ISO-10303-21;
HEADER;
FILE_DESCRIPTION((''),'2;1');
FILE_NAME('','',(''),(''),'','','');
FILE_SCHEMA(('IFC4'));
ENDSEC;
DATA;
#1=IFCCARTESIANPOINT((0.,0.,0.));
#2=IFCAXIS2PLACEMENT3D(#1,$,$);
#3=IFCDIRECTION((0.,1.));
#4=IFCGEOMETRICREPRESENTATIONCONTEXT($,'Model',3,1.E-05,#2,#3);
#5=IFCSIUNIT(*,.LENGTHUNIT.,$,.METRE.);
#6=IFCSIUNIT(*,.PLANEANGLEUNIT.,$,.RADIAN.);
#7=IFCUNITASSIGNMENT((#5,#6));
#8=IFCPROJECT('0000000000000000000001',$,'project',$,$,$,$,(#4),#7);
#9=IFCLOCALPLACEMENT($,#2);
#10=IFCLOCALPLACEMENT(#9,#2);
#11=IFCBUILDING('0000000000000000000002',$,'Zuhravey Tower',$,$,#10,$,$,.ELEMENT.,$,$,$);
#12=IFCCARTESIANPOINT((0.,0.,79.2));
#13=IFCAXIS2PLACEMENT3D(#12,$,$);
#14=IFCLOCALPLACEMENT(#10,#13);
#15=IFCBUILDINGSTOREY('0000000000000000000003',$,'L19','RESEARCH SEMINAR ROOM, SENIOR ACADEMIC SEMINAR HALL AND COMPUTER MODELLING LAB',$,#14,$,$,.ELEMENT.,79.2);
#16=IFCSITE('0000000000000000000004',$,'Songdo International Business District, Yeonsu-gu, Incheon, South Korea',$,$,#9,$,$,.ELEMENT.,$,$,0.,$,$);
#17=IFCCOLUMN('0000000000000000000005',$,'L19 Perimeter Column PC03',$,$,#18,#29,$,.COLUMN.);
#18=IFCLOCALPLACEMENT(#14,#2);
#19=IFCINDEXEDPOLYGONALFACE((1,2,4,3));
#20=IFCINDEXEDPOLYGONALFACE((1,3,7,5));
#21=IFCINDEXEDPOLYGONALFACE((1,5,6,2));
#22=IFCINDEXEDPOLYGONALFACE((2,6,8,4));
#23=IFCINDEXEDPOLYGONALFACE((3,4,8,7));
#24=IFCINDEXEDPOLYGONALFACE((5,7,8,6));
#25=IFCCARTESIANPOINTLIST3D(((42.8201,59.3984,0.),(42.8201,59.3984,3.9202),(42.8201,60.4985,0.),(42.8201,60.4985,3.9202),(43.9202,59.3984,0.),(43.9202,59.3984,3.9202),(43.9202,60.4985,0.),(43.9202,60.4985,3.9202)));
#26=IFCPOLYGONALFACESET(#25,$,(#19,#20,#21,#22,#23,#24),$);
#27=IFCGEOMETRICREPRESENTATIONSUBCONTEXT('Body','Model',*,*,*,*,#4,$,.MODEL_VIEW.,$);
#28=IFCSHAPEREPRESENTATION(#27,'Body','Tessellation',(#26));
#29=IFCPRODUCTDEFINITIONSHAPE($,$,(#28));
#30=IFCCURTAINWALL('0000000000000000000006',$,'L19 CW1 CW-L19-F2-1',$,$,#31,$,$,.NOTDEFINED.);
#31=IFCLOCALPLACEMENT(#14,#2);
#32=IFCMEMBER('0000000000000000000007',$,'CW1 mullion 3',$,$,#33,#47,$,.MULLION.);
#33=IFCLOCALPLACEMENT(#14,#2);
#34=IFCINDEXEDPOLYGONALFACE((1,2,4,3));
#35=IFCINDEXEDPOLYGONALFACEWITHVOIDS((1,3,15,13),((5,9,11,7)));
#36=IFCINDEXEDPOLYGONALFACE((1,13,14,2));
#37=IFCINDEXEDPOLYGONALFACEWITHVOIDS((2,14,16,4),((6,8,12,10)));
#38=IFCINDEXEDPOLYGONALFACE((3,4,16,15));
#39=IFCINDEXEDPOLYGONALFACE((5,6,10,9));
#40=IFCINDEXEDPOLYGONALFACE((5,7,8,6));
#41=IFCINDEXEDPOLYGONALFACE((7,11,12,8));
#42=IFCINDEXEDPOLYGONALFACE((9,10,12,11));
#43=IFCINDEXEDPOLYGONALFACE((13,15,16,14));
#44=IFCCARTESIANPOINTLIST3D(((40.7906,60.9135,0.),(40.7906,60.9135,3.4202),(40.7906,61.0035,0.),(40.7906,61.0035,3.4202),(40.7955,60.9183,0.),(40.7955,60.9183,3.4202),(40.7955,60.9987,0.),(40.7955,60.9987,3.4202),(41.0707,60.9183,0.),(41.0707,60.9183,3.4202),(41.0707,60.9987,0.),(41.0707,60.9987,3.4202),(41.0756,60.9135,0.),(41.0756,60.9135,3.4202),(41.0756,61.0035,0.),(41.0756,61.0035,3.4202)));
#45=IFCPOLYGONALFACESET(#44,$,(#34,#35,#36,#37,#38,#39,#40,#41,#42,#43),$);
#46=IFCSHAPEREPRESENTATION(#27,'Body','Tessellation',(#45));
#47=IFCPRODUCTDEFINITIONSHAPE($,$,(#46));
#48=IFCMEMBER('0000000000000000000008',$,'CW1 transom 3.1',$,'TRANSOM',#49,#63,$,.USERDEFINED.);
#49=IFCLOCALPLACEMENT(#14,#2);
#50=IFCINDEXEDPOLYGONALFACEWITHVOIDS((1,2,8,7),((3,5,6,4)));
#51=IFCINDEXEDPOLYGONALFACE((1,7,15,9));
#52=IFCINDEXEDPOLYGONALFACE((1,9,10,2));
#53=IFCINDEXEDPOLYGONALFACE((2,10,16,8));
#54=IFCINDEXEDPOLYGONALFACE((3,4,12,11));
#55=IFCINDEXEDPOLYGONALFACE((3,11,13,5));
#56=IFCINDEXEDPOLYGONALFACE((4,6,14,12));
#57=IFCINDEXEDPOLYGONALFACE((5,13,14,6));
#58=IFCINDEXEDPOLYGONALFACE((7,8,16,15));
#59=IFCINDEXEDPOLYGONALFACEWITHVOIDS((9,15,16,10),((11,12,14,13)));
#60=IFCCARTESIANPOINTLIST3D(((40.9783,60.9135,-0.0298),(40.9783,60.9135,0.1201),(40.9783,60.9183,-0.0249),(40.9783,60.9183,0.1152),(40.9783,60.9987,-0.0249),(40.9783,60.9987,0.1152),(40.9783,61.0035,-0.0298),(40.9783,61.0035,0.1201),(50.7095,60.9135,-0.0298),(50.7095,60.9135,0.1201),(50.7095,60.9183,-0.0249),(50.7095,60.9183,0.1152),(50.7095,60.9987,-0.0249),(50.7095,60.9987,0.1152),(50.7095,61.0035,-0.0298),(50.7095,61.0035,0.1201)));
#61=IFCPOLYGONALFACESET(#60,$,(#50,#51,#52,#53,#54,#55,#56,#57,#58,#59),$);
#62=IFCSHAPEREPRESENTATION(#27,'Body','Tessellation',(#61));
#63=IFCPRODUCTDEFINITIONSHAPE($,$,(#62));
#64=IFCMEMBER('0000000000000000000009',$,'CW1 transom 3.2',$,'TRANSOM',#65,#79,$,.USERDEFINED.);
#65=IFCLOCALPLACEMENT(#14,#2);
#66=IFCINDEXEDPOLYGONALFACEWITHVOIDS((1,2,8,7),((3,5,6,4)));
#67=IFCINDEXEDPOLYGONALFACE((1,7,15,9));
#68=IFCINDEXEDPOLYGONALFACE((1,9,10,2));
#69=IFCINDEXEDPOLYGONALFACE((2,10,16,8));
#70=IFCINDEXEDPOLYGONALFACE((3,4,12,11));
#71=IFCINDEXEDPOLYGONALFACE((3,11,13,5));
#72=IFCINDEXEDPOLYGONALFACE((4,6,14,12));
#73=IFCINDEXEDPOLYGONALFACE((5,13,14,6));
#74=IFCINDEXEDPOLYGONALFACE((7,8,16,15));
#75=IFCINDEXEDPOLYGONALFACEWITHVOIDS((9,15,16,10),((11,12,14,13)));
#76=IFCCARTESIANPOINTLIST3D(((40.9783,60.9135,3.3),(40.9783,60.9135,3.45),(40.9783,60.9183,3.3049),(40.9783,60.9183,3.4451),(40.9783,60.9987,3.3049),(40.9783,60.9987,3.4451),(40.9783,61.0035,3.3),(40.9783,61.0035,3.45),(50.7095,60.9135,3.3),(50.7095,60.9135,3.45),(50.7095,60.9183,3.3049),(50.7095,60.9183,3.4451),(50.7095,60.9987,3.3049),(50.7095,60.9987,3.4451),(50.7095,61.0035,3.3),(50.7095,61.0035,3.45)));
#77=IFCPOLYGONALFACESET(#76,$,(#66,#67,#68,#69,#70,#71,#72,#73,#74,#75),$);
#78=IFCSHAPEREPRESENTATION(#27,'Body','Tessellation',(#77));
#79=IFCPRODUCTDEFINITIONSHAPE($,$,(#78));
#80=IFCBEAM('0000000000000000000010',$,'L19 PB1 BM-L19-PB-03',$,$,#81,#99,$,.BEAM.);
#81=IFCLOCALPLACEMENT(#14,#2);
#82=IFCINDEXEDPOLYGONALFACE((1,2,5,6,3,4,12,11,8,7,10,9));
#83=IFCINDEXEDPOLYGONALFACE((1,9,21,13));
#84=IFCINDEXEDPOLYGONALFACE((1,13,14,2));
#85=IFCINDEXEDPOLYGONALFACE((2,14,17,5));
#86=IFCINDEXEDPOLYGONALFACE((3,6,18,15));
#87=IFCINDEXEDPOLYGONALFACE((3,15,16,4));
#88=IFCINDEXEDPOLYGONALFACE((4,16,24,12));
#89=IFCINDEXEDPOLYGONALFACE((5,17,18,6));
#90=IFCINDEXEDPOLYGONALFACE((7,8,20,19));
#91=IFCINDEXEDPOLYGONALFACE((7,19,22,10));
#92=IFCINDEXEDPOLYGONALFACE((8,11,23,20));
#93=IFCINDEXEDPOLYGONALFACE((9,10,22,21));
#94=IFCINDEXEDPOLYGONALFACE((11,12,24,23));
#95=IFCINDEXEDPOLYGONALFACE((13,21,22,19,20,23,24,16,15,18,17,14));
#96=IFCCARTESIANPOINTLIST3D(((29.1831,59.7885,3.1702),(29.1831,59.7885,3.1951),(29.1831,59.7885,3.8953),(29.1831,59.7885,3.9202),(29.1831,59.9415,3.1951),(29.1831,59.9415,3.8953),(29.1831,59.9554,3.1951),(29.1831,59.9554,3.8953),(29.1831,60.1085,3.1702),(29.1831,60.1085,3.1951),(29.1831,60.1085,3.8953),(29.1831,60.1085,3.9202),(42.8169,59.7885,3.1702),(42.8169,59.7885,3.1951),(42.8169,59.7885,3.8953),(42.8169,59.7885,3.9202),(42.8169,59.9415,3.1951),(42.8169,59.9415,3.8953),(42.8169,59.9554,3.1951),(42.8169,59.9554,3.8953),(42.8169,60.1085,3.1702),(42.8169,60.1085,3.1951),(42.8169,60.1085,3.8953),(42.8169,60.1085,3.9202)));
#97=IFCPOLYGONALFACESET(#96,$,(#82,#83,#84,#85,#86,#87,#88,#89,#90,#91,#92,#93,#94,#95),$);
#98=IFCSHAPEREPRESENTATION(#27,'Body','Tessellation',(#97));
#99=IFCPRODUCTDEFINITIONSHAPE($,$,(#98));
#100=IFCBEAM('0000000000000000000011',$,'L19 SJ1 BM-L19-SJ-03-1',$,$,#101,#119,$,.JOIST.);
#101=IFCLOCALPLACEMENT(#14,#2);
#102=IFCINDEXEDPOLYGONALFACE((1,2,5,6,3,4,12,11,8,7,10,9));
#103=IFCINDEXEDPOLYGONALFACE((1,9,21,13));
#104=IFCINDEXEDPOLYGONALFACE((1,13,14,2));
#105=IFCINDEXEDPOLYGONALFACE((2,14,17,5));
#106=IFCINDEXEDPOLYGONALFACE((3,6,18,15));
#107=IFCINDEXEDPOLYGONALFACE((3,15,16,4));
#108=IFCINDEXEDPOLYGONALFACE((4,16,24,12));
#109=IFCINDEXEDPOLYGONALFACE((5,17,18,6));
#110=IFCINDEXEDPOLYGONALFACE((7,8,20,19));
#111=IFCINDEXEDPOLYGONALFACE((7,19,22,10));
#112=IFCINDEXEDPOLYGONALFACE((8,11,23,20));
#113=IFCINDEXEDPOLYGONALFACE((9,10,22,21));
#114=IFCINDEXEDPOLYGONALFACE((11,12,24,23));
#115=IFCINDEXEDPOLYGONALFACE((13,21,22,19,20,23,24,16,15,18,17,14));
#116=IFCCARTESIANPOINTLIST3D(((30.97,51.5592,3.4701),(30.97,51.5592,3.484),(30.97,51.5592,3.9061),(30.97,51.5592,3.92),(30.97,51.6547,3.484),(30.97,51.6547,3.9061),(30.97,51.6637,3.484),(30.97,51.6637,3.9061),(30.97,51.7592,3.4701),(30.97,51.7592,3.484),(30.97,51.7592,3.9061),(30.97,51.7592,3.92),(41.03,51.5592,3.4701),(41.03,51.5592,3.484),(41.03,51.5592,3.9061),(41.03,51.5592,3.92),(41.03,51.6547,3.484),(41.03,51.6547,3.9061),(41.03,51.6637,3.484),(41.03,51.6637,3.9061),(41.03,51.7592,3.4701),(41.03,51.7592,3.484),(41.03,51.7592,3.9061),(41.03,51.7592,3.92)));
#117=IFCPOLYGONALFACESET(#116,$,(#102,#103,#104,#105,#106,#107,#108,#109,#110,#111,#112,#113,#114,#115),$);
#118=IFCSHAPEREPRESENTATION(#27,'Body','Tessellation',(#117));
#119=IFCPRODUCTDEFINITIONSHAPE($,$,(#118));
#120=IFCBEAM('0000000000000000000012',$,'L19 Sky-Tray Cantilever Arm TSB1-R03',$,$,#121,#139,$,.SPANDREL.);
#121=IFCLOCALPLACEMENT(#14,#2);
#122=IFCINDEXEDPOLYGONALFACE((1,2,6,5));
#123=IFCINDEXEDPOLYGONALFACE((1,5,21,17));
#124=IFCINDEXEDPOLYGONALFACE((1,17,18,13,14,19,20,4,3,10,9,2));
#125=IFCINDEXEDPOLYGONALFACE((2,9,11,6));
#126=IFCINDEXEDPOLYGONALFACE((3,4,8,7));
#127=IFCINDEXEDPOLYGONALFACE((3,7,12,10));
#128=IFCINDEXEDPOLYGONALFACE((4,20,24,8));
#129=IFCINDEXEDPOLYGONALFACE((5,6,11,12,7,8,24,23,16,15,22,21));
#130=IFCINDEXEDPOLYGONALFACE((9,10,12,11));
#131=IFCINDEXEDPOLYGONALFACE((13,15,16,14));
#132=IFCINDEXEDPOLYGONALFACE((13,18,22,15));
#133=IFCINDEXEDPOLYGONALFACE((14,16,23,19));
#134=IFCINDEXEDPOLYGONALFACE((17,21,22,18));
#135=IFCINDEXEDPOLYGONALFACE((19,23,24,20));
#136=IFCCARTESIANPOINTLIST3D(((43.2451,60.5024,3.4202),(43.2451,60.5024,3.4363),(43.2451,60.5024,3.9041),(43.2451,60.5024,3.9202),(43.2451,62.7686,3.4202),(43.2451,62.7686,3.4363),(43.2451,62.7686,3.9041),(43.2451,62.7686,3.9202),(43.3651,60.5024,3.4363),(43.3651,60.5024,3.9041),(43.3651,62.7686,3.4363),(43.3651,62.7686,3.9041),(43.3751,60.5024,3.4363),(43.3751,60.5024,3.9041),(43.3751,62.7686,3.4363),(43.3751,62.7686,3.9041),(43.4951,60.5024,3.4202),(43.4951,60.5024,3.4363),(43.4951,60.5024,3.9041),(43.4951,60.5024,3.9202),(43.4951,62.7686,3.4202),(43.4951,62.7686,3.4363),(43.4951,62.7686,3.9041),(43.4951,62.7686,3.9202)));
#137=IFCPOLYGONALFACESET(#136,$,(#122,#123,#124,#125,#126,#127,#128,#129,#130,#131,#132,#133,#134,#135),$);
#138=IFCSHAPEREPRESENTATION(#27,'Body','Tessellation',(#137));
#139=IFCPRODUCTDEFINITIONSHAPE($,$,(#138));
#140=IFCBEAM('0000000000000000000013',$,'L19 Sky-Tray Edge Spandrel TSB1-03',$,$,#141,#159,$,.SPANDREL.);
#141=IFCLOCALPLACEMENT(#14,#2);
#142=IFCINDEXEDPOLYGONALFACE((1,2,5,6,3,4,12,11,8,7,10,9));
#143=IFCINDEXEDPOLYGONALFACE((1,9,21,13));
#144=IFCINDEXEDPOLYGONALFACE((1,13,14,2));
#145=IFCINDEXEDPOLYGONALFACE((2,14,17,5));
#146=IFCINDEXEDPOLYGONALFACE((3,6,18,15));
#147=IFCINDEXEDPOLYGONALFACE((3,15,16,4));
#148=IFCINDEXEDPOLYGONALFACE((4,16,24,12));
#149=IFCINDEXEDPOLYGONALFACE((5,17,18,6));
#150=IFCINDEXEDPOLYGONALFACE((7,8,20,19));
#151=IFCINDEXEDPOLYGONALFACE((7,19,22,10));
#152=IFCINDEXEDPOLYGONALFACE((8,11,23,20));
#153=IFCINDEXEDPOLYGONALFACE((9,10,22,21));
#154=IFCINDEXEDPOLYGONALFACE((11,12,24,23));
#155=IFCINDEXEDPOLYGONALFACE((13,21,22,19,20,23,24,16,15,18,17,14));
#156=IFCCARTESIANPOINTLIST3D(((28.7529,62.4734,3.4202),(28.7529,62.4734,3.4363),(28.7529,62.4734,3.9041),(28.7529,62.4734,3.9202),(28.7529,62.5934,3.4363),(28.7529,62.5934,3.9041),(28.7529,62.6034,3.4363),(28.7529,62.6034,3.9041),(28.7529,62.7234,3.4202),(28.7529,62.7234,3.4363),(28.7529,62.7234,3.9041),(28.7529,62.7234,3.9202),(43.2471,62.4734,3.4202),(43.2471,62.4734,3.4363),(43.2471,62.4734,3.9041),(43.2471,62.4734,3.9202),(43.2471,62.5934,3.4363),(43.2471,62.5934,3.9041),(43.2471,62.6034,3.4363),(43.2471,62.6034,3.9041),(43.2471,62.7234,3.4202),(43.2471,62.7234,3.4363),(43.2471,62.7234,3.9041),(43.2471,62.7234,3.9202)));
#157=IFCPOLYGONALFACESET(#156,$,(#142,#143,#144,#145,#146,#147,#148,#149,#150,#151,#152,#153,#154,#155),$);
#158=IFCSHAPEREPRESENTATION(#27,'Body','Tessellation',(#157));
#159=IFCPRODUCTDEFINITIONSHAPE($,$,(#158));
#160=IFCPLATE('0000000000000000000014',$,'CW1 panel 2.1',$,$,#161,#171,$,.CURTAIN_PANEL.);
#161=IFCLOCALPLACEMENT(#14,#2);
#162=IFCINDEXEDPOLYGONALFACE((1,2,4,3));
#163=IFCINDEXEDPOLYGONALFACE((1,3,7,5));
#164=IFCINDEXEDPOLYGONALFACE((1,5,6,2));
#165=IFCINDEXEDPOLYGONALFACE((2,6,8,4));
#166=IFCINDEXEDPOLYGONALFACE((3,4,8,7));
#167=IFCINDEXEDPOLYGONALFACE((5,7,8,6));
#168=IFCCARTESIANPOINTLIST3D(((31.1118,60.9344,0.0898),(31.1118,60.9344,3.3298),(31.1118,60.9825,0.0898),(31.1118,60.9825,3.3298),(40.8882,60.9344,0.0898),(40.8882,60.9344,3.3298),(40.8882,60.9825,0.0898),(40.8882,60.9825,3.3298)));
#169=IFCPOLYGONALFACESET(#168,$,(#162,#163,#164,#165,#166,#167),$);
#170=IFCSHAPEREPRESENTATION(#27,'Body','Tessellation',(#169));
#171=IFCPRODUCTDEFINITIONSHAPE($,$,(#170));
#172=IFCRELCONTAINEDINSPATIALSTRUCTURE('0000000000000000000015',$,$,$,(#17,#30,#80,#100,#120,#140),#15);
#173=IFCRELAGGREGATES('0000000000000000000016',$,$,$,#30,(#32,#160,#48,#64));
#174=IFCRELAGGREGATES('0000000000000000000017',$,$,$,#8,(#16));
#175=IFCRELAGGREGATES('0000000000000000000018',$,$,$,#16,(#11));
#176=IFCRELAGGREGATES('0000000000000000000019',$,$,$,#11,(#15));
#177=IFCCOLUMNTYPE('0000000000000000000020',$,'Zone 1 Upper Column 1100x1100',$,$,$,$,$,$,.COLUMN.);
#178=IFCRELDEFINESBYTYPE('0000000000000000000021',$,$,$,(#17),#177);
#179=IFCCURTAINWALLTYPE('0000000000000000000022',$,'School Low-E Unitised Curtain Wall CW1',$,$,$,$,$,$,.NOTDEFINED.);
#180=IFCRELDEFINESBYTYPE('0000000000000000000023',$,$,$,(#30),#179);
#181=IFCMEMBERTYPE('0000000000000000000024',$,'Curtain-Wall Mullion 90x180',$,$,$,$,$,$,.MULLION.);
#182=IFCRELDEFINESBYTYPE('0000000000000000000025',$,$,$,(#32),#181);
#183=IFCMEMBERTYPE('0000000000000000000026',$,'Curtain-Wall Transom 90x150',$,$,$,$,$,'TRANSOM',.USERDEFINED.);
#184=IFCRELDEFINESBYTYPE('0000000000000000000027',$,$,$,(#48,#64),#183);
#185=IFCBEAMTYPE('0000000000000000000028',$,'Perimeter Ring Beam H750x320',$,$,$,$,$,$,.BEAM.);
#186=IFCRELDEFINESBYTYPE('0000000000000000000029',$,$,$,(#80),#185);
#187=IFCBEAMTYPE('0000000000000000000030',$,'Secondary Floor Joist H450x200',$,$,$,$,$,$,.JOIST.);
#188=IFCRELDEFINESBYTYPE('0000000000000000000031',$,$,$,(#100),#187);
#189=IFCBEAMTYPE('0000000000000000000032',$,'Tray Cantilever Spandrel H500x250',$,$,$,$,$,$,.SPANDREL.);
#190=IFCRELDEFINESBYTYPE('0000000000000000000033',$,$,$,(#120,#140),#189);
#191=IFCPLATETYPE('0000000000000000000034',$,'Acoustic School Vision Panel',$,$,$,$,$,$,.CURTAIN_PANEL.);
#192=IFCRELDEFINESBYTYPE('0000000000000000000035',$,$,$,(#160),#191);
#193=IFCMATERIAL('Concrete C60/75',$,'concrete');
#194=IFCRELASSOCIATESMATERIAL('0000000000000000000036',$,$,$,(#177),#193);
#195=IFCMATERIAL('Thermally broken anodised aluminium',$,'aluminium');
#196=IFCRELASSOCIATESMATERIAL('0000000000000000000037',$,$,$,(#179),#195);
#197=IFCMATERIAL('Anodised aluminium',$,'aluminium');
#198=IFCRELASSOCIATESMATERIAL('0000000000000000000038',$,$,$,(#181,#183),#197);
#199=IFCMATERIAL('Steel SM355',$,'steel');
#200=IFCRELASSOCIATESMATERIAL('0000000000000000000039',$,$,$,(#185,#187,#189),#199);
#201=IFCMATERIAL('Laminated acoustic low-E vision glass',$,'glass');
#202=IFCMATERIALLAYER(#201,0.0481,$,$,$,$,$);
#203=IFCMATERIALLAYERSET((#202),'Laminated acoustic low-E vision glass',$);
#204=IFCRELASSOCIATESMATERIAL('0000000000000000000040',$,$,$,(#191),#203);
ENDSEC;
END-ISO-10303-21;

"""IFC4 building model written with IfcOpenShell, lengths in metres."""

from ifc_helpers import new_model, si_unit, direction, frame, origin, origin_2d, place, context, subcontext, project, spatial, rectangle, hollow_rectangle, i_section, extrude, material, layer, layer_set, material_profile, profile_set, type_object, element, aggregate, save


model = new_model("IFC4")

# Units and contexts
model_context = context("Model", 3, precision=1e-05, world=origin(), true_north=direction((0.0, 1.0)))
body_context = subcontext(model_context, "Body", "Model", "MODEL_VIEW")
ifc_project = project(units=[si_unit("LENGTHUNIT", "METRE"), si_unit("PLANEANGLEUNIT", "RADIAN")], contexts=[model_context])

# Site, building, storey
site_placement = place(None, origin())
site = spatial("IfcSite", under=ifc_project, at=site_placement, Name="Songdo International Business District, Yeonsu-gu, Incheon, South Korea", CompositionType="ELEMENT", RefElevation=0.0)
building_placement = place(site_placement, origin())
building = spatial("IfcBuilding", under=site, at=building_placement, Name="Zuhravey Tower", CompositionType="ELEMENT")
storey_placement = place(building_placement, frame((0.0, 0.0, 79.2)))
storey = spatial("IfcBuildingStorey", under=building, at=storey_placement, Name="L19", Description="RESEARCH SEMINAR ROOM, SENIOR ACADEMIC SEMINAR HALL AND COMPUTER MODELLING LAB", CompositionType="ELEMENT", Elevation=79.2)

# Column
ifc_material_1 = material(Name="Concrete C60/75", Category="concrete")
ifc_material_profile_1 = material_profile(ifc_material_1, rectangle(XDim=1.1001, YDim=1.1001, at=origin_2d()), Name="RC-1100x1100")
ifc_profile_set_1 = profile_set([ifc_material_profile_1], Name="Concrete C60/75")
column_type = type_object("IfcColumnType", Name="Zone 1 Upper Column 1100x1100", PredefinedType="COLUMN", material=ifc_profile_set_1)
column_placement = place(storey_placement, frame((43.3701, 59.9485, 0.0), z_axis=(0.0, 0.0, 1.0), x_axis=(-1.0, 0.0, 0.0)))
element("IfcColumn", 1, at=column_placement, inside=storey, type_object=column_type, Name="L19 Perimeter Column PC03", PredefinedType="COLUMN", context=body_context, shape_type="SweptSolid", body=[
    extrude(rectangle(XDim=1.1001, YDim=1.1001, at=origin_2d()), origin(), (0.0, 0.0, 1.0), 3.9202),
])

# Curtain wall, members
ifc_material_2 = material(Name="Thermally broken anodised aluminium", Category="aluminium")
curtain_wall_type = type_object("IfcCurtainWallType", Name="School Low-E Unitised Curtain Wall CW1", PredefinedType="NOTDEFINED", material=ifc_material_2)
curtain_wall_placement = place(storey_placement, origin())
curtain_wall = element("IfcCurtainWall", 2, at=curtain_wall_placement, inside=storey, type_object=curtain_wall_type, Name="L19 CW1 CW-L19-F2-1", PredefinedType="NOTDEFINED")
ifc_material_3 = material(Name="Anodised aluminium", Category="aluminium")
ifc_material_profile_2 = material_profile(ifc_material_3, hollow_rectangle(XDim=0.0901, YDim=0.2849, WallThickness=0.0049, at=origin_2d()), Name="ALU-RHS-90x285x5")
ifc_profile_set_2 = profile_set([ifc_material_profile_2], Name="Anodised aluminium")
member_type_1 = type_object("IfcMemberType", Name="Curtain-Wall Mullion 90x180", PredefinedType="MULLION", material=ifc_profile_set_2)
member_1_placement = place(storey_placement, frame((40.9331, 60.9585, 0.0), z_axis=(0.0, 0.0, 1.0), x_axis=(0.0, 1.0, 0.0)))
member_1 = element("IfcMember", 3, at=member_1_placement, type_object=member_type_1, Name="CW1 mullion 3", PredefinedType="MULLION", context=body_context, shape_type="SweptSolid", body=[
    extrude(hollow_rectangle(XDim=0.0901, YDim=0.2849, WallThickness=0.0049, at=origin_2d()), origin(), (0.0, 0.0, 1.0), 3.4202),
])
ifc_material_profile_3 = material_profile(ifc_material_3, hollow_rectangle(XDim=0.0901, YDim=0.1499, WallThickness=0.0049, at=origin_2d()), Name="ALU-RHS-90x150x5")
ifc_profile_set_3 = profile_set([ifc_material_profile_3], Name="Anodised aluminium")
member_type_2 = type_object("IfcMemberType", Name="Curtain-Wall Transom 90x150", ElementType="TRANSOM", PredefinedType="USERDEFINED", material=ifc_profile_set_3)
member_2_placement = place(storey_placement, frame((40.9783, 60.9585, 0.0452), z_axis=(1.0, 0.0, 0.0), x_axis=(0.0, 1.0, 0.0)))
member_2 = element("IfcMember", 4, at=member_2_placement, type_object=member_type_2, Name="CW1 transom 3.1", ObjectType="TRANSOM", PredefinedType="USERDEFINED", context=body_context, shape_type="SweptSolid", body=[
    extrude(hollow_rectangle(XDim=0.0901, YDim=0.1499, WallThickness=0.0049, at=origin_2d()), origin(), (0.0, 0.0, 1.0), 9.7312),
])
member_3_placement = place(storey_placement, frame((40.9783, 60.9585, 3.375), z_axis=(1.0, 0.0, 0.0), x_axis=(0.0, 1.0, 0.0)))
member_3 = element("IfcMember", 5, at=member_3_placement, type_object=member_type_2, Name="CW1 transom 3.2", ObjectType="TRANSOM", PredefinedType="USERDEFINED", context=body_context, shape_type="SweptSolid", body=[
    extrude(hollow_rectangle(XDim=0.0901, YDim=0.1499, WallThickness=0.0049, at=origin_2d()), origin(), (0.0, 0.0, 1.0), 9.7312),
])

# Beams
ifc_material_4 = material(Name="Steel SM355", Category="steel")
ifc_material_profile_4 = material_profile(ifc_material_4, i_section(OverallWidth=0.3201, OverallDepth=0.75, WebThickness=0.0139, FlangeThickness=0.0249, at=origin_2d()), Name="H-750x320x14x25")
ifc_profile_set_4 = profile_set([ifc_material_profile_4], Name="Steel SM355")
beam_type_1 = type_object("IfcBeamType", Name="Perimeter Ring Beam H750x320", PredefinedType="BEAM", material=ifc_profile_set_4)
beam_1_placement = place(storey_placement, frame((42.8169, 59.9485, 3.5452), z_axis=(-1.0, 0.0, 0.0), x_axis=(0.0, -1.0, 0.0)))
element("IfcBeam", 6, at=beam_1_placement, inside=storey, type_object=beam_type_1, Name="L19 PB1 BM-L19-PB-03", PredefinedType="BEAM", context=body_context, shape_type="SweptSolid", body=[
    extrude(i_section(OverallWidth=0.3201, OverallDepth=0.75, WebThickness=0.0139, FlangeThickness=0.0249, at=origin_2d()), origin(), (0.0, 0.0, 1.0), 13.6338),
])
ifc_material_profile_5 = material_profile(ifc_material_4, i_section(OverallWidth=0.2, OverallDepth=0.45, WebThickness=0.009, FlangeThickness=0.0139, at=origin_2d()), Name="H-450x200x9x14")
ifc_profile_set_5 = profile_set([ifc_material_profile_5], Name="Steel SM355")
beam_type_2 = type_object("IfcBeamType", Name="Secondary Floor Joist H450x200", PredefinedType="JOIST", material=ifc_profile_set_5)
beam_2_placement = place(storey_placement, frame((41.03, 51.6592, 3.6951), z_axis=(-1.0, 0.0, 0.0), x_axis=(0.0, -1.0, 0.0)))
element("IfcBeam", 7, at=beam_2_placement, inside=storey, type_object=beam_type_2, Name="L19 SJ1 BM-L19-SJ-03-1", PredefinedType="JOIST", context=body_context, shape_type="SweptSolid", body=[
    extrude(i_section(OverallWidth=0.2, OverallDepth=0.45, WebThickness=0.009, FlangeThickness=0.0139, at=origin_2d()), origin(), (0.0, 0.0, 1.0), 10.0601),
])
ifc_material_profile_6 = material_profile(ifc_material_4, i_section(OverallWidth=0.25, OverallDepth=0.5, WebThickness=0.01, FlangeThickness=0.0161, at=origin_2d()), Name="H-500x250x10x16")
ifc_profile_set_6 = profile_set([ifc_material_profile_6], Name="Steel SM355")
beam_type_3 = type_object("IfcBeamType", Name="Tray Cantilever Spandrel H500x250", PredefinedType="SPANDREL", material=ifc_profile_set_6)
beam_3_placement = place(storey_placement, frame((43.3701, 60.5024, 3.6702), z_axis=(0.0, 1.0, 0.0), x_axis=(-1.0, 0.0, 0.0)))
element("IfcBeam", 8, at=beam_3_placement, inside=storey, type_object=beam_type_3, Name="L19 Sky-Tray Cantilever Arm TSB1-R03", PredefinedType="SPANDREL", context=body_context, shape_type="SweptSolid", body=[
    extrude(i_section(OverallWidth=0.25, OverallDepth=0.5, WebThickness=0.01, FlangeThickness=0.0161, at=origin_2d()), origin(), (0.0, 0.0, 1.0), 2.2661),
])
beam_4_placement = place(storey_placement, frame((43.2471, 62.5984, 3.6702), z_axis=(-1.0, 0.0, 0.0), x_axis=(0.0, -1.0, 0.0)))
element("IfcBeam", 9, at=beam_4_placement, inside=storey, type_object=beam_type_3, Name="L19 Sky-Tray Edge Spandrel TSB1-03", PredefinedType="SPANDREL", context=body_context, shape_type="SweptSolid", body=[
    extrude(i_section(OverallWidth=0.25, OverallDepth=0.5, WebThickness=0.01, FlangeThickness=0.0161, at=origin_2d()), origin(), (0.0, 0.0, 1.0), 14.4941),
])

# Plate
ifc_material_5 = material(Name="Laminated acoustic low-E vision glass", Category="glass")
ifc_layer_1 = layer(ifc_material_5, 0.0481)
ifc_layer_set_1 = layer_set([ifc_layer_1], Name="Laminated acoustic low-E vision glass")
plate_type = type_object("IfcPlateType", Name="Acoustic School Vision Panel", PredefinedType="CURTAIN_PANEL", material=ifc_layer_set_1)
plate_1_placement = place(storey_placement, frame((36.0, 60.9585, 0.0898), z_axis=(0.0, 0.0, 1.0), x_axis=(1.0, 0.0, 0.0)))
plate_1 = element("IfcPlate", 10, at=plate_1_placement, type_object=plate_type, Name="CW1 panel 2.1", PredefinedType="CURTAIN_PANEL", context=body_context, shape_type="SweptSolid", body=[
    extrude(rectangle(XDim=9.7764, YDim=0.0481, at=origin_2d()), origin(), (0.0, 0.0, 1.0), 3.24),
])
aggregate(curtain_wall, [member_1, plate_1, member_2, member_3])

save(model, "model.ifc")
